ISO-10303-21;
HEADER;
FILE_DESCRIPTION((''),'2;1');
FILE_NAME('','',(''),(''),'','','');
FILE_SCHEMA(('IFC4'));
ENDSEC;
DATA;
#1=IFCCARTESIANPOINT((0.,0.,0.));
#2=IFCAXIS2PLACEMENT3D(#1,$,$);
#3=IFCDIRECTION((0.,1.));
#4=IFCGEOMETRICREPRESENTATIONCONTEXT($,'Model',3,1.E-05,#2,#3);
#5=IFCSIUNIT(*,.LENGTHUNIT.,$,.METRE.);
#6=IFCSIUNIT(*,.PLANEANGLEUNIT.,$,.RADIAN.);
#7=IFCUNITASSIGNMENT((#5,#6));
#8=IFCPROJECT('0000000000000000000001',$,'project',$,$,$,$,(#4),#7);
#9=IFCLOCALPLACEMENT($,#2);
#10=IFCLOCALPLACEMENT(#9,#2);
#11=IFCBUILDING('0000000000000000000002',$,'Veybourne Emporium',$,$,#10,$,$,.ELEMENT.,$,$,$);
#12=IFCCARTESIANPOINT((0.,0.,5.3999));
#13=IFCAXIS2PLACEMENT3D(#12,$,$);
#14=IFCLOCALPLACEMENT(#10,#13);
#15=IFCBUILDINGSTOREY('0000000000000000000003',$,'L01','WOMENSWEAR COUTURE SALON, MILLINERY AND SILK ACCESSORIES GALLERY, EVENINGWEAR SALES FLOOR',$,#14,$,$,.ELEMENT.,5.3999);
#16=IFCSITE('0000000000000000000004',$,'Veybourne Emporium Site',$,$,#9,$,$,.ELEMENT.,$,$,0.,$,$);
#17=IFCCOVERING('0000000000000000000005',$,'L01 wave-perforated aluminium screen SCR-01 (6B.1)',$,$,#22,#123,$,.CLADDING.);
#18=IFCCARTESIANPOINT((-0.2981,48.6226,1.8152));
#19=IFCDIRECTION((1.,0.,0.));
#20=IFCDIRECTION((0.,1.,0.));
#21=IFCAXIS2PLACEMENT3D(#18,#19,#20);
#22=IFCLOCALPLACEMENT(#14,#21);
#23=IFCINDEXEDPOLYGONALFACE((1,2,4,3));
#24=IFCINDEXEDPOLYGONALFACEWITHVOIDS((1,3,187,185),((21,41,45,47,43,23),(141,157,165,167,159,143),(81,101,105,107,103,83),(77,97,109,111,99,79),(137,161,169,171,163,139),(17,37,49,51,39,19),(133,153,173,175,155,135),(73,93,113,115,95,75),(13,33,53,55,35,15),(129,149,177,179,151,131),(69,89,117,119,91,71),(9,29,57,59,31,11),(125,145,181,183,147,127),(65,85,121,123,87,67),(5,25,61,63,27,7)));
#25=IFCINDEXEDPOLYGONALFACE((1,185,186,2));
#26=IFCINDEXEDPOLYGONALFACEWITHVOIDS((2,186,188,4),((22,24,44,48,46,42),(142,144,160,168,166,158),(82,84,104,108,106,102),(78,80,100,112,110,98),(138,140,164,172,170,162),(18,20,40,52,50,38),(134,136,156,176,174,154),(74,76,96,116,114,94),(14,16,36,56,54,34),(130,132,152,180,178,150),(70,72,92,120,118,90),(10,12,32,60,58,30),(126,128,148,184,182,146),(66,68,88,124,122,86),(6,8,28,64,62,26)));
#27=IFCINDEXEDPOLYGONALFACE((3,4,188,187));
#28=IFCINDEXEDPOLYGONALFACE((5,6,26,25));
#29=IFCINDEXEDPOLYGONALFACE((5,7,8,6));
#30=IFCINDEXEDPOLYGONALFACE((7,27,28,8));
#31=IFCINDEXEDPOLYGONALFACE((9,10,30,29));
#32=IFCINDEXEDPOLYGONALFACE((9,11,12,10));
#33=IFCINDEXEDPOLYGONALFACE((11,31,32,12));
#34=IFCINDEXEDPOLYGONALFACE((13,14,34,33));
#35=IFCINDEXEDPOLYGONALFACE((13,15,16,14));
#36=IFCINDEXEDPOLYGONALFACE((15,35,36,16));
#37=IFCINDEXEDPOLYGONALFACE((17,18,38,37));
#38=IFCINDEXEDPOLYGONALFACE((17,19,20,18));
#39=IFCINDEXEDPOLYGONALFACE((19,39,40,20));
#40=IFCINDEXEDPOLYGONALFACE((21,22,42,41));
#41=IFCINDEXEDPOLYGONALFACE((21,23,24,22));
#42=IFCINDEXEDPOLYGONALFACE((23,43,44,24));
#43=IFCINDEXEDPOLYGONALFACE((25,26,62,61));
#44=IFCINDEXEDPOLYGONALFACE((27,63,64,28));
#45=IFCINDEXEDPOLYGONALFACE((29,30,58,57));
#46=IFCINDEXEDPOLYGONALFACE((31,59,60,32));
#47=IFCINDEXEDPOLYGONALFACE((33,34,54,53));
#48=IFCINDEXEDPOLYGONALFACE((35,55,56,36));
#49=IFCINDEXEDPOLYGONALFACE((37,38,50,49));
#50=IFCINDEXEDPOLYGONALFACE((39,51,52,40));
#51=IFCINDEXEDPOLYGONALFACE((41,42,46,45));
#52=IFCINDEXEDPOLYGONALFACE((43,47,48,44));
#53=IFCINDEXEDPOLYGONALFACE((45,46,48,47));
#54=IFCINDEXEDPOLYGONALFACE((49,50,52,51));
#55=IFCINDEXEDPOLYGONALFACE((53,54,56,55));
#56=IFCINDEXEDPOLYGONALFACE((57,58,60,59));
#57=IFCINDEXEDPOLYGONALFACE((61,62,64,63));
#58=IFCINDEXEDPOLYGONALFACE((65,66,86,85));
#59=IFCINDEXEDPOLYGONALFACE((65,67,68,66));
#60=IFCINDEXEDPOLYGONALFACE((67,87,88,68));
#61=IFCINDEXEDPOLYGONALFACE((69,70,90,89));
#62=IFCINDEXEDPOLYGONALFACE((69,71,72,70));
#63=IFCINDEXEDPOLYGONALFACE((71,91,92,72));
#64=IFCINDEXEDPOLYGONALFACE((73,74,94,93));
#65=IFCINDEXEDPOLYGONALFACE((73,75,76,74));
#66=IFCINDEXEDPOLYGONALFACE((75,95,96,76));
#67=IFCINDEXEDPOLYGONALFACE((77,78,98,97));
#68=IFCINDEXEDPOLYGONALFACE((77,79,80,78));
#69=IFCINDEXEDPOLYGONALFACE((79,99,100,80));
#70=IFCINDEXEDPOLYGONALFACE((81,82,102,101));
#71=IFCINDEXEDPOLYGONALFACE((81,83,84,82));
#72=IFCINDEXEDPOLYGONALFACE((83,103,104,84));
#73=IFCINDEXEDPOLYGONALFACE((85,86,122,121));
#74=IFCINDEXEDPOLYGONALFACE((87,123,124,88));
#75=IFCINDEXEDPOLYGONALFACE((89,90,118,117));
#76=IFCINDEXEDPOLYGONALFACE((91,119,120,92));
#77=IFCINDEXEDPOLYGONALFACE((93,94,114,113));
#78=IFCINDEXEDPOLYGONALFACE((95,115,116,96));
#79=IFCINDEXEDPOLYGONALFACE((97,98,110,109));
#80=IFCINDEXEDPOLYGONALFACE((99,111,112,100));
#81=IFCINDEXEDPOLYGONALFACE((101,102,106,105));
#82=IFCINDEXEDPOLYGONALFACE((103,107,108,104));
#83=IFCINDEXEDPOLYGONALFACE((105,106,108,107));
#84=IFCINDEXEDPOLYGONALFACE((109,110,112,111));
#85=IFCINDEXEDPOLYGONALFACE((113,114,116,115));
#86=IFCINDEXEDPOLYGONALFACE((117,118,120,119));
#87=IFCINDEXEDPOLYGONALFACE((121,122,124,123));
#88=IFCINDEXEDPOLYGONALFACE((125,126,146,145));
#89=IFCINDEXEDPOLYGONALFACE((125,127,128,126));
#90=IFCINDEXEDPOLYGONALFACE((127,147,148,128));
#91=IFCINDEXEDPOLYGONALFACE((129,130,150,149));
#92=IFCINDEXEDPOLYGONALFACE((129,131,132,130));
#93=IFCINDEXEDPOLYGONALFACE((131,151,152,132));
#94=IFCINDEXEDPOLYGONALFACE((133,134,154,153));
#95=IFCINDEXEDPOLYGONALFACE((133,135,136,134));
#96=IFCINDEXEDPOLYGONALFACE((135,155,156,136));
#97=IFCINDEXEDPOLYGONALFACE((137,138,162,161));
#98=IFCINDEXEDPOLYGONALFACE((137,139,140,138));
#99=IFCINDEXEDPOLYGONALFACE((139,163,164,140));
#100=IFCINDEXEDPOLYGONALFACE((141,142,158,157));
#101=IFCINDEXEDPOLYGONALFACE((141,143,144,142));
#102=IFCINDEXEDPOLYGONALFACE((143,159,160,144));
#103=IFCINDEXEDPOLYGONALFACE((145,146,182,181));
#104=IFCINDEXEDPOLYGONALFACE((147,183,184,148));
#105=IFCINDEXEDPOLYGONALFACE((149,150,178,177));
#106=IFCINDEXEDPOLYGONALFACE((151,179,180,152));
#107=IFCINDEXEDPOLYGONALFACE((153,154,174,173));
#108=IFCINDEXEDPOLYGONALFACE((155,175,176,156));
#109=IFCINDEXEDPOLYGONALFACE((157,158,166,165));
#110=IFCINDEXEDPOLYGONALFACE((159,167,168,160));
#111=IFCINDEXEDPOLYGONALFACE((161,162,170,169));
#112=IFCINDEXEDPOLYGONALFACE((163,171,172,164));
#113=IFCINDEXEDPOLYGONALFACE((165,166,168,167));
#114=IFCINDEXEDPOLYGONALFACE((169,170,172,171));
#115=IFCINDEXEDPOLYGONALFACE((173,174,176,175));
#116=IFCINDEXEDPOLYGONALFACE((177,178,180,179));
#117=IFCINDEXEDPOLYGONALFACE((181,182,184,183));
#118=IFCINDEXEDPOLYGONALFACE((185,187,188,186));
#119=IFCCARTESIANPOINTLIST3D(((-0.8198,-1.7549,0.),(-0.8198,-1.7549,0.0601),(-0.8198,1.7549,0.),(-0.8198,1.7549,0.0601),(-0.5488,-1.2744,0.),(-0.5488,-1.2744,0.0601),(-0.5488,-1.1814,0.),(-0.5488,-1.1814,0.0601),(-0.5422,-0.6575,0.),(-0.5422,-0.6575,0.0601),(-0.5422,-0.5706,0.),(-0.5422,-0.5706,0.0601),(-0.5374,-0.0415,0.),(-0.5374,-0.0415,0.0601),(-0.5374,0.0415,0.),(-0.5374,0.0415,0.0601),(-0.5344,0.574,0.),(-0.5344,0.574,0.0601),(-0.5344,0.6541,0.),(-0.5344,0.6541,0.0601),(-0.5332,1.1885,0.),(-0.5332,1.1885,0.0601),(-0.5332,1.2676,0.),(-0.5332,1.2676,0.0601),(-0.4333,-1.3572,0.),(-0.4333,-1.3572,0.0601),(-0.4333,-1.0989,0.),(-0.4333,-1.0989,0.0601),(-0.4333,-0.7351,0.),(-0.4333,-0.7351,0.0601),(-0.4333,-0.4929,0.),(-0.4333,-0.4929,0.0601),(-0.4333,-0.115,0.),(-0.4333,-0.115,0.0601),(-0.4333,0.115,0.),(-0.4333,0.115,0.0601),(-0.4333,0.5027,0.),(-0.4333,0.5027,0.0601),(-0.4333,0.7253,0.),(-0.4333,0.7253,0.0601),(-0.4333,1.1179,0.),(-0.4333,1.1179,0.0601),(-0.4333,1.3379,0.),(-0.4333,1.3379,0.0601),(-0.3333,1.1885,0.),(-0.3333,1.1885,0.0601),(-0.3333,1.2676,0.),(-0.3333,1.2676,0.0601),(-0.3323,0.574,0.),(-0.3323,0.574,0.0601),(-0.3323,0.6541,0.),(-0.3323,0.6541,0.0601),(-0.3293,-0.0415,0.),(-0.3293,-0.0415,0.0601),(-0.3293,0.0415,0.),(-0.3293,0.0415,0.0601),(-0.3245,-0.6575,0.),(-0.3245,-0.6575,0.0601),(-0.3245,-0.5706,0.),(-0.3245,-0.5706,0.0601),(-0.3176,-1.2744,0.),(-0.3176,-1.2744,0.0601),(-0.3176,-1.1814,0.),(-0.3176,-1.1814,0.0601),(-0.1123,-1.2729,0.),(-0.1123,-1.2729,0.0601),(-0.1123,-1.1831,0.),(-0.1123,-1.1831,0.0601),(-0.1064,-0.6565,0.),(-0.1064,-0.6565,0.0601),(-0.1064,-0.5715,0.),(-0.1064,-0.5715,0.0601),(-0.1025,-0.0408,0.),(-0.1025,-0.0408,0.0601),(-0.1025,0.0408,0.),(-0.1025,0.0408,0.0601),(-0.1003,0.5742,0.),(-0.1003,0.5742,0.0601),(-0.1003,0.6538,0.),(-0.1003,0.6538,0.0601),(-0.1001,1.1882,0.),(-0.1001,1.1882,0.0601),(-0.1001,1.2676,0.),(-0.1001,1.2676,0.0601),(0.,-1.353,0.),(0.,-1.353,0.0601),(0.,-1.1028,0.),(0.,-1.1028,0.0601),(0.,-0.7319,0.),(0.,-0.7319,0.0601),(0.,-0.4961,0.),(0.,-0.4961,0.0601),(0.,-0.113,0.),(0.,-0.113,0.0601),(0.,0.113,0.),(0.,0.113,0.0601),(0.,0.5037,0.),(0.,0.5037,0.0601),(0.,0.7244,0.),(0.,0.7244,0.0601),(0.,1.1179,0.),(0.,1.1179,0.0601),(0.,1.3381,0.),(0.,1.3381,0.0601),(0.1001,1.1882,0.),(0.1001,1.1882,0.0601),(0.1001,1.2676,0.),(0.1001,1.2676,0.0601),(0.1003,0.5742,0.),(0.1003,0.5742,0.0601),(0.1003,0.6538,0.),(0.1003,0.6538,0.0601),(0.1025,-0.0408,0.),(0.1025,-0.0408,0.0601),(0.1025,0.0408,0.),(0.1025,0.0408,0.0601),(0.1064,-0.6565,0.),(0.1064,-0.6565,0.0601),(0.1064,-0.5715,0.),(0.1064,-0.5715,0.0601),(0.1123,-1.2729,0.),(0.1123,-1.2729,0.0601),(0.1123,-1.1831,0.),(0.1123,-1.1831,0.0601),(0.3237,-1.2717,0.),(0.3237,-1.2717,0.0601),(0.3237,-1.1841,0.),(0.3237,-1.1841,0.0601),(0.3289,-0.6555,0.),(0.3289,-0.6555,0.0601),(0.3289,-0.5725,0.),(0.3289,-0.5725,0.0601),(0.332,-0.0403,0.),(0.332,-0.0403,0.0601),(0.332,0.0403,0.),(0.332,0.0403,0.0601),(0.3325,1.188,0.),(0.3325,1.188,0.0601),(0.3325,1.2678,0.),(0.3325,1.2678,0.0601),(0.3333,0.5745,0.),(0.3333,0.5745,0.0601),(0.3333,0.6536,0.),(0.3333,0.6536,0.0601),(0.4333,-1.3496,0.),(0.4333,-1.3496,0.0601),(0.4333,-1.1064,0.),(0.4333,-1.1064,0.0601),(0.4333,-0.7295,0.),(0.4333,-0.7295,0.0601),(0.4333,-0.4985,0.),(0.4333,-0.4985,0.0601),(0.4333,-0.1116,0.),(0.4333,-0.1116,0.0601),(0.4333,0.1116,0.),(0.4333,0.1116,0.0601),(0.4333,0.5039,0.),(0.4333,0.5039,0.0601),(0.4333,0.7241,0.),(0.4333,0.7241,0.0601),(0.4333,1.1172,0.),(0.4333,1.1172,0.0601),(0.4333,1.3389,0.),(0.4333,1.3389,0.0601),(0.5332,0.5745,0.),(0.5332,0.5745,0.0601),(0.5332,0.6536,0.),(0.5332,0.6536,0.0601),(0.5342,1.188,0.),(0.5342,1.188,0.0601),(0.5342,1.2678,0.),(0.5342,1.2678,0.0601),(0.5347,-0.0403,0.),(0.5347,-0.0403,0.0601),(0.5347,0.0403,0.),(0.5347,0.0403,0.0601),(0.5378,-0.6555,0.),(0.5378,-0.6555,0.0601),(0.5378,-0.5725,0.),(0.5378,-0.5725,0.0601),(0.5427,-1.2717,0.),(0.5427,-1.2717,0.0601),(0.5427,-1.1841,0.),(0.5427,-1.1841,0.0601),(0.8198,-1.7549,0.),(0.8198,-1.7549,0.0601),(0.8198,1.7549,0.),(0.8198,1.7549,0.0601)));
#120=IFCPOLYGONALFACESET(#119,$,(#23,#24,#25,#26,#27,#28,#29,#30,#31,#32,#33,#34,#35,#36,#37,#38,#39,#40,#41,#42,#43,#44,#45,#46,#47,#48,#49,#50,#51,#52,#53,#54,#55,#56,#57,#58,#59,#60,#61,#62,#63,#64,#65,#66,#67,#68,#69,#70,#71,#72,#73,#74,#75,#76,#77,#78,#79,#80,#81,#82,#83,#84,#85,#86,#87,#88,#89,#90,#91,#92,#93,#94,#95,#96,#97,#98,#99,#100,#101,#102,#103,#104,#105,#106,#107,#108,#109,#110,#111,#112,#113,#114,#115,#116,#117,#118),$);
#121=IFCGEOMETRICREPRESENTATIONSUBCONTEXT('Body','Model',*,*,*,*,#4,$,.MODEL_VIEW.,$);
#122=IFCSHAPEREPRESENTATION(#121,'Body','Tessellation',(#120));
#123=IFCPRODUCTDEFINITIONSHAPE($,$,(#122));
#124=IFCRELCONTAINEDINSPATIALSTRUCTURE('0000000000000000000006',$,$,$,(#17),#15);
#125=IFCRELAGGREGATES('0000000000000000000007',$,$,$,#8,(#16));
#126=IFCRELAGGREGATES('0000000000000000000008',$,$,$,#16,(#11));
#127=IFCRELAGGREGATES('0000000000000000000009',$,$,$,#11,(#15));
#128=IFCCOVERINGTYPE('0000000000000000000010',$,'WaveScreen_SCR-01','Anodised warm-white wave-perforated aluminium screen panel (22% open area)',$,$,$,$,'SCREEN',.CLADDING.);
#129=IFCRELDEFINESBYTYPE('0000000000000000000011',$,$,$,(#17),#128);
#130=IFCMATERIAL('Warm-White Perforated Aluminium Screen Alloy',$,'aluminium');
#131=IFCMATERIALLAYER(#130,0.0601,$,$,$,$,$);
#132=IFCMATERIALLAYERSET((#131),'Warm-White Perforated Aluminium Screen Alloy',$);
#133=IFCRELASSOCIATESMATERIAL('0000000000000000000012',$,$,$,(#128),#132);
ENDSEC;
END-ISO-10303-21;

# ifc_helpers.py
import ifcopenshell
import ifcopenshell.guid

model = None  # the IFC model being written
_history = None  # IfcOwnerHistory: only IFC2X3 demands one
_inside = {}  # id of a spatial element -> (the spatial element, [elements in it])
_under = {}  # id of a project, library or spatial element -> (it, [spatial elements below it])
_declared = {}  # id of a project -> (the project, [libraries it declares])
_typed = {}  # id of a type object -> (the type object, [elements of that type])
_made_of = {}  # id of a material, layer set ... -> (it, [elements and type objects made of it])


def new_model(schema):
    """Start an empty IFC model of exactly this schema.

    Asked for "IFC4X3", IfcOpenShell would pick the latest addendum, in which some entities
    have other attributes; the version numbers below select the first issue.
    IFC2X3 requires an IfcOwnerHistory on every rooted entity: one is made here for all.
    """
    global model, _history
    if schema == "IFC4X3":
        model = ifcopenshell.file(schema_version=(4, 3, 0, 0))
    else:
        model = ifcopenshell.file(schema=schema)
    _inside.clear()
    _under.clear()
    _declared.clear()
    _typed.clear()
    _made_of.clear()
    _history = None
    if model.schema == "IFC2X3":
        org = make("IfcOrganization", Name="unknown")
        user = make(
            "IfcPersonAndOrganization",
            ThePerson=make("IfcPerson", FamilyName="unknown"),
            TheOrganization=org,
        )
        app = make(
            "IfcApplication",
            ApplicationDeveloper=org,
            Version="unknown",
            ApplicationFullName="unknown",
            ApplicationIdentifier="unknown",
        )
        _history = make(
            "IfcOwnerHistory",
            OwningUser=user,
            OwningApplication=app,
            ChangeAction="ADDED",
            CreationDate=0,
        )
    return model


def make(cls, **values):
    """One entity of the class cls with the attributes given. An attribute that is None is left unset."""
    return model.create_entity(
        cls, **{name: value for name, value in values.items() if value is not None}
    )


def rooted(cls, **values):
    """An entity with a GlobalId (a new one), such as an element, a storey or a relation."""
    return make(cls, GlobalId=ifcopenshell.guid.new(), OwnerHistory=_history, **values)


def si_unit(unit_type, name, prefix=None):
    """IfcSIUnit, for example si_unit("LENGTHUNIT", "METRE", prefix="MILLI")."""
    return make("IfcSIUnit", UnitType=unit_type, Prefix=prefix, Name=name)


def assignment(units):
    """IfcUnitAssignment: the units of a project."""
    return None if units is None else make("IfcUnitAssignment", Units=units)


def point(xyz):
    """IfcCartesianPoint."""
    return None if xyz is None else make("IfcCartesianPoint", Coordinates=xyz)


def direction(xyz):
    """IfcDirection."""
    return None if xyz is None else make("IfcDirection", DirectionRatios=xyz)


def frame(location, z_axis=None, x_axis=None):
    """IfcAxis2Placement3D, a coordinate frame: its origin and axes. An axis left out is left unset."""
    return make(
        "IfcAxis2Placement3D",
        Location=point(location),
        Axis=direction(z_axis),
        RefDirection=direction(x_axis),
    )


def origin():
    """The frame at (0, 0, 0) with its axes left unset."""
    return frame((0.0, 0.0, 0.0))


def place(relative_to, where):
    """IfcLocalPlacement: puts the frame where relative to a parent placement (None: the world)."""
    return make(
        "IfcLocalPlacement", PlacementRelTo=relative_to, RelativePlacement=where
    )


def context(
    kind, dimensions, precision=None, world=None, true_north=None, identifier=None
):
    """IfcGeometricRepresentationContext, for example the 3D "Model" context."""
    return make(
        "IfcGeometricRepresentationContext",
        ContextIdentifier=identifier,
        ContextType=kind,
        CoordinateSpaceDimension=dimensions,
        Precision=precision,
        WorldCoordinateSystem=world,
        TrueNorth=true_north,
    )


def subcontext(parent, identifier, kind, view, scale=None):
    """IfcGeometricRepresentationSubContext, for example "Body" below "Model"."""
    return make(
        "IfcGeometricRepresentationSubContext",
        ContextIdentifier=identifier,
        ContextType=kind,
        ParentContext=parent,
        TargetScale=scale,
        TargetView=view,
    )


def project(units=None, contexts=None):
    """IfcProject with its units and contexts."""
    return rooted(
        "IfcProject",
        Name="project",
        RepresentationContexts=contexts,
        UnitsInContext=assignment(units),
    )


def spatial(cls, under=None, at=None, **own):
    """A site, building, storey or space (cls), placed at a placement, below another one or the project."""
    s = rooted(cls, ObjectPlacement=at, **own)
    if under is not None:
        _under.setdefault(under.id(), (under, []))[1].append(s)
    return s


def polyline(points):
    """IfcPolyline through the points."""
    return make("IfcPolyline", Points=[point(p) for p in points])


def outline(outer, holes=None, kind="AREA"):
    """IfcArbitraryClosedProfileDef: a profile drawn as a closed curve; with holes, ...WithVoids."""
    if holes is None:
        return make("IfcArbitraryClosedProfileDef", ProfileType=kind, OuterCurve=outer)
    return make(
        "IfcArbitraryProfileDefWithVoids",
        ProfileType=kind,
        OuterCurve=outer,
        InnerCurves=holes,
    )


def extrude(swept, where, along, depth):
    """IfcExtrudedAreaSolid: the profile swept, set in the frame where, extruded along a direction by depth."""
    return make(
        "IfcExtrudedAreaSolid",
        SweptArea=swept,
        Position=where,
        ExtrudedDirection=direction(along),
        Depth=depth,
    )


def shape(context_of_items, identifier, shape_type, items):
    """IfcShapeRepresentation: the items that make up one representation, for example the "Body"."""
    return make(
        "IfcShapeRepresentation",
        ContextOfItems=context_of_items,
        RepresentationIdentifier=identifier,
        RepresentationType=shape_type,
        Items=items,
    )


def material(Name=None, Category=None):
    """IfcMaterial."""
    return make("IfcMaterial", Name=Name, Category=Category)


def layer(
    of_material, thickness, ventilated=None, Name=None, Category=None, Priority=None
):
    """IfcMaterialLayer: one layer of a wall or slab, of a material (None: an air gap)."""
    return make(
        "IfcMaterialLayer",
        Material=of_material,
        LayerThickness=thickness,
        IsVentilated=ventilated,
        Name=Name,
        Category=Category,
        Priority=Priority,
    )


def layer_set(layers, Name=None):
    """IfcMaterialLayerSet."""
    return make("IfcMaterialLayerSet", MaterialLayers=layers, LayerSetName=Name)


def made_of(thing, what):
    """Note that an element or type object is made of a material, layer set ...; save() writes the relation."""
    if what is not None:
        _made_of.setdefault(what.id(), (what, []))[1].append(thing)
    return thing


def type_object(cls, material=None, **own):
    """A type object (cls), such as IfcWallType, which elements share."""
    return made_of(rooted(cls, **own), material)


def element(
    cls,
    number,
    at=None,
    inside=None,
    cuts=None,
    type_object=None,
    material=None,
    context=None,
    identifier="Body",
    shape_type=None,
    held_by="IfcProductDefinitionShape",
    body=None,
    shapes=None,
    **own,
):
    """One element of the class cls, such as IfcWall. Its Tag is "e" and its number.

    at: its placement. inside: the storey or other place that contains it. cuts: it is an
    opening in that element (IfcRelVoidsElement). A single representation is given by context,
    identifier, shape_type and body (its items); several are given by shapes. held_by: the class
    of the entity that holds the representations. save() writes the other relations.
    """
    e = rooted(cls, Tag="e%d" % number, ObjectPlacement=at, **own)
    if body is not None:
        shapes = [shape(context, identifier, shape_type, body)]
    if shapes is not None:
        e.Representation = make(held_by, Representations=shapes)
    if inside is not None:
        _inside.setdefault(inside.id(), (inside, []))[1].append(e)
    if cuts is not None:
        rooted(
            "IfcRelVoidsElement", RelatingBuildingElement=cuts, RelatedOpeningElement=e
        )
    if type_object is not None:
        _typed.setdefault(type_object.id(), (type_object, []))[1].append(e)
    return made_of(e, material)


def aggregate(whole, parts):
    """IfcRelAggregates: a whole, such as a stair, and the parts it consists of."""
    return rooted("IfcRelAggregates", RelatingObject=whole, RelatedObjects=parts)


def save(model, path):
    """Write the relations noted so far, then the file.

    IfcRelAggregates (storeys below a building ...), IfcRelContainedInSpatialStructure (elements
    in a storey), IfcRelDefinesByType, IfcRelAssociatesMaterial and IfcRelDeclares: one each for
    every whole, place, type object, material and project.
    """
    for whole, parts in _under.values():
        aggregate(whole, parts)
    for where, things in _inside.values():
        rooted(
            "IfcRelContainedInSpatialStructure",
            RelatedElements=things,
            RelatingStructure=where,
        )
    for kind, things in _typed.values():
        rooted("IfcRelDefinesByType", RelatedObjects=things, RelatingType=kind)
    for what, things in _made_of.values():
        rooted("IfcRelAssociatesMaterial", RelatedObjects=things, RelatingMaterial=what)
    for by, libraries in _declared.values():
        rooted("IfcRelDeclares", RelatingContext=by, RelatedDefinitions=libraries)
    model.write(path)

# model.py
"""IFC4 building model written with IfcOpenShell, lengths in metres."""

from ifc_helpers import new_model, si_unit, direction, frame, origin, place, context, subcontext, project, spatial, polyline, outline, extrude, material, layer, layer_set, type_object, element, save


model = new_model("IFC4")

# Units and contexts
model_context = context("Model", 3, precision=1e-05, world=origin(), true_north=direction((0.0, 1.0)))
body_context = subcontext(model_context, "Body", "Model", "MODEL_VIEW")
ifc_project = project(units=[si_unit("LENGTHUNIT", "METRE"), si_unit("PLANEANGLEUNIT", "RADIAN")], contexts=[model_context])

# Site, building, storey
site_placement = place(None, origin())
site = spatial("IfcSite", under=ifc_project, at=site_placement, Name="Veybourne Emporium Site", CompositionType="ELEMENT", RefElevation=0.0)
building_placement = place(site_placement, origin())
building = spatial("IfcBuilding", under=site, at=building_placement, Name="Veybourne Emporium", CompositionType="ELEMENT")
storey_placement = place(building_placement, frame((0.0, 0.0, 5.3999)))
storey = spatial("IfcBuildingStorey", under=building, at=storey_placement, Name="L01", Description="WOMENSWEAR COUTURE SALON, MILLINERY AND SILK ACCESSORIES GALLERY, EVENINGWEAR SALES FLOOR", CompositionType="ELEMENT", Elevation=5.3999)

# Covering
ifc_material_1 = material(Name="Warm-White Perforated Aluminium Screen Alloy", Category="aluminium")
ifc_layer_1 = layer(ifc_material_1, 0.0601)
ifc_layer_set_1 = layer_set([ifc_layer_1], Name="Warm-White Perforated Aluminium Screen Alloy")
covering_type_1 = type_object("IfcCoveringType", Name="WaveScreen_SCR-01", Description="Anodised warm-white wave-perforated aluminium screen panel (22% open area)", ElementType="SCREEN", PredefinedType="CLADDING", material=ifc_layer_set_1)
covering_1_placement = place(storey_placement, frame((-0.2981, 48.6226, 1.8152), z_axis=(1.0, 0.0, 0.0), x_axis=(0.0, 1.0, 0.0)))
element("IfcCovering", 1, at=covering_1_placement, inside=storey, type_object=covering_type_1, Name="L01 wave-perforated aluminium screen SCR-01 (6B.1)", PredefinedType="CLADDING", context=body_context, shape_type="SweptSolid", body=[
    extrude(outline(polyline([(-0.8198, -1.7549), (0.8198, -1.7549), (0.8198, 1.7549), (-0.8198, 1.7549), (-0.8198, -1.7549)]), holes=[polyline([(-0.4333, -1.0989), (-0.3176, -1.1814), (-0.3176, -1.2744), (-0.4333, -1.3572), (-0.5488, -1.2744), (-0.5488, -1.1814), (-0.4333, -1.0989)]), polyline([(-0.4333, -0.4929), (-0.3245, -0.5706), (-0.3245, -0.6575), (-0.4333, -0.7351), (-0.5422, -0.6575), (-0.5422, -0.5706), (-0.4333, -0.4929)]), polyline([(-0.4333, 0.115), (-0.3293, 0.0415), (-0.3293, -0.0415), (-0.4333, -0.115), (-0.5374, -0.0415), (-0.5374, 0.0415), (-0.4333, 0.115)]), polyline([(-0.4333, 0.7253), (-0.3323, 0.6541), (-0.3323, 0.574), (-0.4333, 0.5027), (-0.5344, 0.574), (-0.5344, 0.6541), (-0.4333, 0.7253)]), polyline([(-0.4333, 1.3379), (-0.3333, 1.2676), (-0.3333, 1.1885), (-0.4333, 1.1179), (-0.5332, 1.1885), (-0.5332, 1.2676), (-0.4333, 1.3379)]), polyline([(0.0, -1.1028), (0.1123, -1.1831), (0.1123, -1.2729), (0.0, -1.353), (-0.1123, -1.2729), (-0.1123, -1.1831), (0.0, -1.1028)]), polyline([(0.0, -0.4961), (0.1064, -0.5715), (0.1064, -0.6565), (0.0, -0.7319), (-0.1064, -0.6565), (-0.1064, -0.5715), (0.0, -0.4961)]), polyline([(0.0, 0.113), (0.1025, 0.0408), (0.1025, -0.0408), (0.0, -0.113), (-0.1025, -0.0408), (-0.1025, 0.0408), (0.0, 0.113)]), polyline([(0.0, 0.7244), (0.1003, 0.6538), (0.1003, 0.5742), (0.0, 0.5037), (-0.1003, 0.5742), (-0.1003, 0.6538), (0.0, 0.7244)]), polyline([(0.0, 1.3381), (0.1001, 1.2676), (0.1001, 1.1882), (0.0, 1.1179), (-0.1001, 1.1882), (-0.1001, 1.2676), (0.0, 1.3381)]), polyline([(0.4333, -1.1064), (0.5427, -1.1841), (0.5427, -1.2717), (0.4333, -1.3496), (0.3237, -1.2717), (0.3237, -1.1841), (0.4333, -1.1064)]), polyline([(0.4333, -0.4985), (0.5378, -0.5725), (0.5378, -0.6555), (0.4333, -0.7295), (0.3289, -0.6555), (0.3289, -0.5725), (0.4333, -0.4985)]), polyline([(0.4333, 0.1116), (0.5347, 0.0403), (0.5347, -0.0403), (0.4333, -0.1116), (0.332, -0.0403), (0.332, 0.0403), (0.4333, 0.1116)]), polyline([(0.4333, 0.7241), (0.5332, 0.6536), (0.5332, 0.5745), (0.4333, 0.5039), (0.3333, 0.5745), (0.3333, 0.6536), (0.4333, 0.7241)]), polyline([(0.4333, 1.3389), (0.5342, 1.2678), (0.5342, 1.188), (0.4333, 1.1172), (0.3325, 1.188), (0.3325, 1.2678), (0.4333, 1.3389)])]), origin(), (0.0, 0.0, 1.0), 0.0601),
])

save(model, "model.ifc")
